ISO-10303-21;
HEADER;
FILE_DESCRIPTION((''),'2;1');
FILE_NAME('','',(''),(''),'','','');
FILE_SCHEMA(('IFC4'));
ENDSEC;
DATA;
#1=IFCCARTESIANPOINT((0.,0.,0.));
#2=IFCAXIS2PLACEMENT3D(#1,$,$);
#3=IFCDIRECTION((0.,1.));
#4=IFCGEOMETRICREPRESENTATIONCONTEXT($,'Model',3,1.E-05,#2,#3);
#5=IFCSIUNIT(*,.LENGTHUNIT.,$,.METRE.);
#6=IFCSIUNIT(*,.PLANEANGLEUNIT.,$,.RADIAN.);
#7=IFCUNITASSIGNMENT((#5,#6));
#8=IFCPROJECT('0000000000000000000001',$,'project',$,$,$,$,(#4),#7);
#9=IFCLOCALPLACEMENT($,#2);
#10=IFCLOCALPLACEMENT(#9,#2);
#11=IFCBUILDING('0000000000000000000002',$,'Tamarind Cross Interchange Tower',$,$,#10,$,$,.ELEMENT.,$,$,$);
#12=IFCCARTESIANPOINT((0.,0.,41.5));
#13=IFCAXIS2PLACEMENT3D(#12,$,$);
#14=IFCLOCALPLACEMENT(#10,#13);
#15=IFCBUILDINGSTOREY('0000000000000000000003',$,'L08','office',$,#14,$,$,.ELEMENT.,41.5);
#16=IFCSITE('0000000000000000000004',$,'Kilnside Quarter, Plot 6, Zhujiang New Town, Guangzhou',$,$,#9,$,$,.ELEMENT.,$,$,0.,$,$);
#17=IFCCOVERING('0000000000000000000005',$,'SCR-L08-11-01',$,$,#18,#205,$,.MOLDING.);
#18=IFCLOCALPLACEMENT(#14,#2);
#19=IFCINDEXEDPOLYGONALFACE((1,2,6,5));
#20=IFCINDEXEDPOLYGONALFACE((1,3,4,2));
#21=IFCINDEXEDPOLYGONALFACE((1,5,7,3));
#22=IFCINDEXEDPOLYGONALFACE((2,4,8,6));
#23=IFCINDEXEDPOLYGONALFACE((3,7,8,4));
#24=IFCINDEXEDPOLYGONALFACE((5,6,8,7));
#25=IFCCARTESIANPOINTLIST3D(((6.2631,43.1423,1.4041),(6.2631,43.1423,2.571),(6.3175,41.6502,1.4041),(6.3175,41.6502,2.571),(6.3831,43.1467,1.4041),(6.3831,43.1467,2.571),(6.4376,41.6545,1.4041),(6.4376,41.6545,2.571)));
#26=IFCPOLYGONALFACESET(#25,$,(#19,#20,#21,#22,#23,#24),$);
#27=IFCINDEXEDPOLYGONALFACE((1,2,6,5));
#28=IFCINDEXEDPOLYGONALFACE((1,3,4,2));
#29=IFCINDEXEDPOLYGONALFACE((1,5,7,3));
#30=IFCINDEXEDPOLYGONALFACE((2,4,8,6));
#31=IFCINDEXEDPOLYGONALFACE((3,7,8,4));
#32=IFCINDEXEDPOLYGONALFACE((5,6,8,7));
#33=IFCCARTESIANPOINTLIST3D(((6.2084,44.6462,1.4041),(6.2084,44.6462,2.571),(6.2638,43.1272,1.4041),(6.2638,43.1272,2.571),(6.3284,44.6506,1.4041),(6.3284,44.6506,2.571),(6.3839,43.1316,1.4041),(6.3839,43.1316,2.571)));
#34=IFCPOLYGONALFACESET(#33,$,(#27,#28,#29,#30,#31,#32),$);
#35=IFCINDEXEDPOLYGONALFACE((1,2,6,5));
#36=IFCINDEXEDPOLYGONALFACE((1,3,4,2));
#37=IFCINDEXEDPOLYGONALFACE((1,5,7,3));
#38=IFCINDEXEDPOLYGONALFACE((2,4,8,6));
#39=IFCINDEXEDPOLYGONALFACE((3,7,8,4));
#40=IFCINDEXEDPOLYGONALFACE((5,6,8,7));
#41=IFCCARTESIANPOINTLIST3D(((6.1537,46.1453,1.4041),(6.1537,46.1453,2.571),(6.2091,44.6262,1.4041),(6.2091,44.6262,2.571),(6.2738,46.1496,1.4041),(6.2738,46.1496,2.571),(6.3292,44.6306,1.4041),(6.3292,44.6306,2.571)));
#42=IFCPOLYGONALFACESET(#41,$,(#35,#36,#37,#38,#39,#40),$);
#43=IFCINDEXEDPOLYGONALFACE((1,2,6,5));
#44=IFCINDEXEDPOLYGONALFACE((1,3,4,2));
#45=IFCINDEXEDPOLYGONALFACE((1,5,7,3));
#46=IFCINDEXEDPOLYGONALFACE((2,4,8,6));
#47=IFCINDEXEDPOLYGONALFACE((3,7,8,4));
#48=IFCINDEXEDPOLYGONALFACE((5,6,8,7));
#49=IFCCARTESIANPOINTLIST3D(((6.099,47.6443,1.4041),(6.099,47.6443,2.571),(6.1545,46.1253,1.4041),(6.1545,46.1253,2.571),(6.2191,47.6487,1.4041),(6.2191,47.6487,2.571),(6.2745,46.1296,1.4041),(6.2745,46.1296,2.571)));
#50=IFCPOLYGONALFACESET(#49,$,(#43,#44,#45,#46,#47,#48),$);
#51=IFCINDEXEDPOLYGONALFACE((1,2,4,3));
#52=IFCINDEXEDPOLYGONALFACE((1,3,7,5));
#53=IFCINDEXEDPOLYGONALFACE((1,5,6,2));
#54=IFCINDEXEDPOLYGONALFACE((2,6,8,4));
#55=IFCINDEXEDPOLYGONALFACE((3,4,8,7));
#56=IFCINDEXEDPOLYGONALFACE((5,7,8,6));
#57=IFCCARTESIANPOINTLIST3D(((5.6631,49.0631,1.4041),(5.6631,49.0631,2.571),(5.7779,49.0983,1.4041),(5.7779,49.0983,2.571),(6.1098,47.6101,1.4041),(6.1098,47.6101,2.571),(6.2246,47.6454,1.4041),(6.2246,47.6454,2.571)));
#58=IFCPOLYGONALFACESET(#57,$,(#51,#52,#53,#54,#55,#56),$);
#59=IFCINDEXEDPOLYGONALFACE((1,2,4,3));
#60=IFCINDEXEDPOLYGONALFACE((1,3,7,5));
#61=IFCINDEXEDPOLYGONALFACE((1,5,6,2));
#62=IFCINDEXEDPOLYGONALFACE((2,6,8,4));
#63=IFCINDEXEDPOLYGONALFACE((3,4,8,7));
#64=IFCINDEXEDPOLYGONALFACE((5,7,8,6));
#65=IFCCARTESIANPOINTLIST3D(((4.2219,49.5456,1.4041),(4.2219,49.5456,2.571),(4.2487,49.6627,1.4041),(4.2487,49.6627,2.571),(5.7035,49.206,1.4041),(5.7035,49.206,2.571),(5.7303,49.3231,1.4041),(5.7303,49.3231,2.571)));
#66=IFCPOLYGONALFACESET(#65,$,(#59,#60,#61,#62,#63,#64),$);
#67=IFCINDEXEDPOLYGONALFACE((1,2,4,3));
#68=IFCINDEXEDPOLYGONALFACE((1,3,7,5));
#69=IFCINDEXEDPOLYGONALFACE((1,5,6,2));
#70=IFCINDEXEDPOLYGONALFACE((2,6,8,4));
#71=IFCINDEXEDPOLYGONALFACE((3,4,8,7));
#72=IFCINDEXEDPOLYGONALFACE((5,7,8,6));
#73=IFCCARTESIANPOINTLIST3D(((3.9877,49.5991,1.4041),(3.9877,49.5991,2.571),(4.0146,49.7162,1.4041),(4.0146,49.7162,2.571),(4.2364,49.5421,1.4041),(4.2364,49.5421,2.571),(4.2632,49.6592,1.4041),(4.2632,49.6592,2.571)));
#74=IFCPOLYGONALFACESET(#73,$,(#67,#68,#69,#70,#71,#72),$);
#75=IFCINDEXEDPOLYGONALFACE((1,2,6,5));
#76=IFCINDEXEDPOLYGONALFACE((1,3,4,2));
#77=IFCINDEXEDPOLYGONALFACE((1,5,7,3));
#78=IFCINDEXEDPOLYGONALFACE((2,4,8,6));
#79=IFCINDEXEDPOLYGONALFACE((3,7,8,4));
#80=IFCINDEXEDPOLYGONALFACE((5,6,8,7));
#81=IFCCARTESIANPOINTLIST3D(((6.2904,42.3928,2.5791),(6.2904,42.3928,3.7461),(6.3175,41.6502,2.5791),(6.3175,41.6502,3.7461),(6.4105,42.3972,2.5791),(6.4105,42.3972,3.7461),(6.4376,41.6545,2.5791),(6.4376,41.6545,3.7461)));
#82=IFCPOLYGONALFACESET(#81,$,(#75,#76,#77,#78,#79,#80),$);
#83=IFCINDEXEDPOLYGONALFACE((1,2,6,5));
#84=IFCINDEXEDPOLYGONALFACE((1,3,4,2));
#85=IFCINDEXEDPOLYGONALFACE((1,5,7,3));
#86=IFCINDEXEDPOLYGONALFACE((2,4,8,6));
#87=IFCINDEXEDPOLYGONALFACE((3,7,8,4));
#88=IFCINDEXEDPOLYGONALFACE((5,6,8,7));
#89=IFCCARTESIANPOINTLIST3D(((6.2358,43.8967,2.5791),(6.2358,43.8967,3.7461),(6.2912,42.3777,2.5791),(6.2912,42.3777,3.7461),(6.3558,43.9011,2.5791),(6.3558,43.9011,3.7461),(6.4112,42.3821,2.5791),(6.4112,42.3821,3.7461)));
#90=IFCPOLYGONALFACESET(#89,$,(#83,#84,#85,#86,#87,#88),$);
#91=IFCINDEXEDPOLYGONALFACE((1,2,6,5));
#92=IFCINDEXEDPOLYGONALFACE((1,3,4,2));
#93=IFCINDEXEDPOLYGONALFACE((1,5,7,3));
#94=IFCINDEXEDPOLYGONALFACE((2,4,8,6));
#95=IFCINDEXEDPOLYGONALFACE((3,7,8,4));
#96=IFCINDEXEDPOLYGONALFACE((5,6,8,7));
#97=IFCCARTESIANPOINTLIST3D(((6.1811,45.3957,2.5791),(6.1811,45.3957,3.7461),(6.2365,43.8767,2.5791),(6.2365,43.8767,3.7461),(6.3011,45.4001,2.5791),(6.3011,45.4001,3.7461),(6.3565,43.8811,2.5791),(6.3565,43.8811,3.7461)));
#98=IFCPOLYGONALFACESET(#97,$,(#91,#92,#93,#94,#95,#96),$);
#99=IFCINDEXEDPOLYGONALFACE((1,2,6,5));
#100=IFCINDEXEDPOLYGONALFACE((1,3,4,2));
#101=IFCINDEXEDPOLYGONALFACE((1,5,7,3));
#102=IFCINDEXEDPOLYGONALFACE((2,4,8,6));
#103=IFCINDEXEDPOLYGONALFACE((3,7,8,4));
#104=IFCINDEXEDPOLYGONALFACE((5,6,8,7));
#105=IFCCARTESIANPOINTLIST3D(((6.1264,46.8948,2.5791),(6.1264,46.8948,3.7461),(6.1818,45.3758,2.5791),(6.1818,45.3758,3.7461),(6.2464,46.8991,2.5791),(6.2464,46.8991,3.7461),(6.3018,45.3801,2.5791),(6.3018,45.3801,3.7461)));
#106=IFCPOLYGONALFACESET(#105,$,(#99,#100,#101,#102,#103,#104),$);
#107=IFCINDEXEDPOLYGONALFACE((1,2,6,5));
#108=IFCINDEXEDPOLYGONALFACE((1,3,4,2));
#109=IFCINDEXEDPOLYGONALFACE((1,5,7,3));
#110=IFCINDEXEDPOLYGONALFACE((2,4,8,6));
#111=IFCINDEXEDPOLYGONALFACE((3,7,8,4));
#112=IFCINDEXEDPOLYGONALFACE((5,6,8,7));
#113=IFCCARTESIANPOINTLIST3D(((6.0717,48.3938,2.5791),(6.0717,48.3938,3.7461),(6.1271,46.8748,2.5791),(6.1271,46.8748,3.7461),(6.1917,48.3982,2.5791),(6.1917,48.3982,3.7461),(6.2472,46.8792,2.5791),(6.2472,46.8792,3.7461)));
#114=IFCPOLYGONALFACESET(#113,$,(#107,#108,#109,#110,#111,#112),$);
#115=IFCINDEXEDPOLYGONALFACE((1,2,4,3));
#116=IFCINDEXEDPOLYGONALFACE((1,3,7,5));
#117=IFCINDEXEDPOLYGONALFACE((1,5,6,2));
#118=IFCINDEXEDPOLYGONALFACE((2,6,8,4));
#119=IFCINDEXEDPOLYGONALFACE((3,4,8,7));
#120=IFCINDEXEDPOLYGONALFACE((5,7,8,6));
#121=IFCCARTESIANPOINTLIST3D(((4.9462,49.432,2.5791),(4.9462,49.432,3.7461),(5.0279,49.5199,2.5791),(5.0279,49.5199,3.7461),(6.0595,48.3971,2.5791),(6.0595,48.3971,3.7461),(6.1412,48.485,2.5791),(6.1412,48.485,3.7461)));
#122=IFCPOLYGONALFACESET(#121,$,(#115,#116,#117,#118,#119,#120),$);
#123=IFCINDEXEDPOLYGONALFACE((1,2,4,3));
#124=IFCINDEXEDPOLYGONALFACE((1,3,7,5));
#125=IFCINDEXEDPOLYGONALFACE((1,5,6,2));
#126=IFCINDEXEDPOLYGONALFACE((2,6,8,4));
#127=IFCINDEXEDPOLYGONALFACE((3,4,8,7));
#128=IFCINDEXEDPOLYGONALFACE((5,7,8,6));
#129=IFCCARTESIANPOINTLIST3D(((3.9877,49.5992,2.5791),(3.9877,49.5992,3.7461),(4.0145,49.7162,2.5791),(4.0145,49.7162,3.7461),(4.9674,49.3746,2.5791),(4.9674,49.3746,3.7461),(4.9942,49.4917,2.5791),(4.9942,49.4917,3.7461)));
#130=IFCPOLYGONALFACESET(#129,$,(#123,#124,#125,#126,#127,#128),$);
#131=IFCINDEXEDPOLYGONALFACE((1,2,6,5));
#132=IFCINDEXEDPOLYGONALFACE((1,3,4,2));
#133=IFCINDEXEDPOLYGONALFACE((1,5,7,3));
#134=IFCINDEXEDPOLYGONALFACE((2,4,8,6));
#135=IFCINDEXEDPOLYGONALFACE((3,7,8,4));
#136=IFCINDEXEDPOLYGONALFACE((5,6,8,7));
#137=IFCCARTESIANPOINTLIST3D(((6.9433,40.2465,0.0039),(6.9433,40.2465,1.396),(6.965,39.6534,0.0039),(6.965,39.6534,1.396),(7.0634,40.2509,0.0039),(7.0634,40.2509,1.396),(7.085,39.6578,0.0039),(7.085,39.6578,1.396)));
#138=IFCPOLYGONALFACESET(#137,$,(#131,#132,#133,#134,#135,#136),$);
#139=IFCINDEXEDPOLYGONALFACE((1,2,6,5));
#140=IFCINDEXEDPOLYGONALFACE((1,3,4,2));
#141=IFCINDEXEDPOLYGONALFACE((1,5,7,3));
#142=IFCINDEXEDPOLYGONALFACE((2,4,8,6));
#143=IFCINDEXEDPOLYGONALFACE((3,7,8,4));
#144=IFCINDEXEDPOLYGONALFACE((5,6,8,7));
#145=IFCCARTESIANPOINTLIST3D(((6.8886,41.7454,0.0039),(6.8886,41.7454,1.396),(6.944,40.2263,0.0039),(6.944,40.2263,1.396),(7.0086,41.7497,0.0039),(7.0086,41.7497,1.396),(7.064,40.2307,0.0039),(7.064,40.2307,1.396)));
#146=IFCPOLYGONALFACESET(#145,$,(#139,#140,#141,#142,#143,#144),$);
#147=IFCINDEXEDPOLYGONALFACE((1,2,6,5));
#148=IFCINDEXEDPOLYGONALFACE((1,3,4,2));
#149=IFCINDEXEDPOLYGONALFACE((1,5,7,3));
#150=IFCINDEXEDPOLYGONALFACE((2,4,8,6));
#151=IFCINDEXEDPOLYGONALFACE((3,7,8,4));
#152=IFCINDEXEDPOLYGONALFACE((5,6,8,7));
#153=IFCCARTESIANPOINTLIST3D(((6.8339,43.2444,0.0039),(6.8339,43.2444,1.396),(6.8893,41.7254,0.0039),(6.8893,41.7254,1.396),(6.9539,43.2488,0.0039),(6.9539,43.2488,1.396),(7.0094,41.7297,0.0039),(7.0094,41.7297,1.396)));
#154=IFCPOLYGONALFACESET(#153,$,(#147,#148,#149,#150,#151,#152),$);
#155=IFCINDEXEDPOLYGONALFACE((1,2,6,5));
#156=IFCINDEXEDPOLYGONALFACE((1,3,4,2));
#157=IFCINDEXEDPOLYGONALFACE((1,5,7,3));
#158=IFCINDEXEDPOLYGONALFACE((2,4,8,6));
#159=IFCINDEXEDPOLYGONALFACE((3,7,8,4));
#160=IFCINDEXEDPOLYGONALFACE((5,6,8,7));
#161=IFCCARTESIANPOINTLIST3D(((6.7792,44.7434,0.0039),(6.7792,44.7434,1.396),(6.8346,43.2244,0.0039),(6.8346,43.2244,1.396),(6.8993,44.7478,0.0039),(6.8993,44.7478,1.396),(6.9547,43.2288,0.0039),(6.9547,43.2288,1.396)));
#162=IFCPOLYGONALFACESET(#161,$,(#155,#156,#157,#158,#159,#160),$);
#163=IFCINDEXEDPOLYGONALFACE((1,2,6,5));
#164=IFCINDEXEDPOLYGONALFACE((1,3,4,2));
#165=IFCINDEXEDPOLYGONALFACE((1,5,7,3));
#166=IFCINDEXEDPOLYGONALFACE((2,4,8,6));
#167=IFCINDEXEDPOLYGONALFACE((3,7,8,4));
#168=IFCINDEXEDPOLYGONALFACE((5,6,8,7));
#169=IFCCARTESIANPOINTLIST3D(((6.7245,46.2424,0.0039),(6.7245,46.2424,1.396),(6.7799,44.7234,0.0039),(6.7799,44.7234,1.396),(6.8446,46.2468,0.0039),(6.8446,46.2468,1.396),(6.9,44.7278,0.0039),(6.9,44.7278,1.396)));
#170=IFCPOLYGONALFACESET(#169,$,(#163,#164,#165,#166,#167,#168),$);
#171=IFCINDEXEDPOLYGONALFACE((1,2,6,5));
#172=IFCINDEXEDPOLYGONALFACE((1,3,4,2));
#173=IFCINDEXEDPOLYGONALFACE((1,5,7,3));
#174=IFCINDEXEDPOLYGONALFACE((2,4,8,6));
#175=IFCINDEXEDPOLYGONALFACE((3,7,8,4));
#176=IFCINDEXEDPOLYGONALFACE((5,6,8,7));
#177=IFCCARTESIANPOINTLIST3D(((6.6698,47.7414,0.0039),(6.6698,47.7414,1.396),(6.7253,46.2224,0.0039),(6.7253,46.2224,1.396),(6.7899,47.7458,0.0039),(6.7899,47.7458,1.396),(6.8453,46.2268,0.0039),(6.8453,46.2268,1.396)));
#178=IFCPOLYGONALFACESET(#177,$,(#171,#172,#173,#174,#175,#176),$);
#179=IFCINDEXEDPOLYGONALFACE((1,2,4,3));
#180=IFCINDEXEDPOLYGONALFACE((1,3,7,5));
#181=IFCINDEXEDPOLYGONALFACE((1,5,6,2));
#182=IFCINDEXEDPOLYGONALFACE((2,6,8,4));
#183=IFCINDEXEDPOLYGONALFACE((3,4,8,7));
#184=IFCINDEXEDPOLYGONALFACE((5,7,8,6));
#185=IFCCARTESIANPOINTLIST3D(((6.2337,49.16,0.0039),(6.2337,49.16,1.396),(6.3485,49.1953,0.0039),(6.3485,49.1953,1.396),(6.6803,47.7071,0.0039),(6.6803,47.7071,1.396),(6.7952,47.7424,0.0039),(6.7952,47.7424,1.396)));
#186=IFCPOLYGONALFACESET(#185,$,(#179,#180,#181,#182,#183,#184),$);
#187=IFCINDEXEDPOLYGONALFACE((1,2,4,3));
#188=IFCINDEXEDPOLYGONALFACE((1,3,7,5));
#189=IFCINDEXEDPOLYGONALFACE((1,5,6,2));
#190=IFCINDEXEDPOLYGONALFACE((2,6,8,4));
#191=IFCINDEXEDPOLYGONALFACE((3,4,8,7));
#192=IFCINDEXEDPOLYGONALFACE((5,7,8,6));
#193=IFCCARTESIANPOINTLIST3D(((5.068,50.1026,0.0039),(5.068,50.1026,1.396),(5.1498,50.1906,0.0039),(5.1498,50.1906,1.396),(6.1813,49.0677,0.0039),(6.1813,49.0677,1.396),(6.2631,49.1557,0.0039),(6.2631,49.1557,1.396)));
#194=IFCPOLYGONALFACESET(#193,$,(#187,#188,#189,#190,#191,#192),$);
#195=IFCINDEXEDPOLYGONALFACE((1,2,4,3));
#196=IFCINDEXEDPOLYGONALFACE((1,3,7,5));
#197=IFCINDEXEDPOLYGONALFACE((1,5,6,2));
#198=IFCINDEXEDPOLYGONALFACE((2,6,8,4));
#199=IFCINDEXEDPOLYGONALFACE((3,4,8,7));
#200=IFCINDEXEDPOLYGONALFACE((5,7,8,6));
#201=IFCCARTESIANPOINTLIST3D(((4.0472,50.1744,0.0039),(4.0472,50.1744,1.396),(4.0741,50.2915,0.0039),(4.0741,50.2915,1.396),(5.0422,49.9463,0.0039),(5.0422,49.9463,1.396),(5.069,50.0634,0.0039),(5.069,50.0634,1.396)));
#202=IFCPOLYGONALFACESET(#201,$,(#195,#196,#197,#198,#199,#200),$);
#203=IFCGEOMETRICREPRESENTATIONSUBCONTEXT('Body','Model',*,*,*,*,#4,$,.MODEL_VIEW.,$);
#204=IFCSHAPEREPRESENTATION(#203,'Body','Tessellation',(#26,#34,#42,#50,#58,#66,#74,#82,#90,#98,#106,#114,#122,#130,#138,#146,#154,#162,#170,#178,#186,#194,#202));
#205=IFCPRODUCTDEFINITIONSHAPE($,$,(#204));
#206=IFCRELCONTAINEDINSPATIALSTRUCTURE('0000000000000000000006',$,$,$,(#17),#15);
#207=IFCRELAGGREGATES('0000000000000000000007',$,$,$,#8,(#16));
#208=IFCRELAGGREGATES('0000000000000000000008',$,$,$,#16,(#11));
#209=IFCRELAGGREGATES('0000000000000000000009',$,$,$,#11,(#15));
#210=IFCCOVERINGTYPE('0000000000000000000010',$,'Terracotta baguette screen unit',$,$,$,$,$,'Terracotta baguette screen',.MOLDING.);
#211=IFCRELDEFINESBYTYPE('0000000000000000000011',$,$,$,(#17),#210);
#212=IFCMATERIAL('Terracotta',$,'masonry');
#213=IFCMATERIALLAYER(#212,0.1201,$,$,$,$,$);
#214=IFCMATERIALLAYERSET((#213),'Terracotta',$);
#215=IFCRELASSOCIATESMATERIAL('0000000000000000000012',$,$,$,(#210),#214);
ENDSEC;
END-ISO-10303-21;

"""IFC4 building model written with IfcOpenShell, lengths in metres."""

from ifc_helpers import new_model, si_unit, direction, frame, origin, origin_2d, place, context, subcontext, project, spatial, rectangle, extrude, material, layer, layer_set, type_object, element, save


model = new_model("IFC4")

# Units and contexts
model_context = context("Model", 3, precision=1e-05, world=origin(), true_north=direction((0.0, 1.0)))
body_context = subcontext(model_context, "Body", "Model", "MODEL_VIEW")
ifc_project = project(units=[si_unit("LENGTHUNIT", "METRE"), si_unit("PLANEANGLEUNIT", "RADIAN")], contexts=[model_context])

# Site, building, storey
site_placement = place(None, origin())
site = spatial("IfcSite", under=ifc_project, at=site_placement, Name="Kilnside Quarter, Plot 6, Zhujiang New Town, Guangzhou", CompositionType="ELEMENT", RefElevation=0.0)
building_placement = place(site_placement, origin())
building = spatial("IfcBuilding", under=site, at=building_placement, Name="Tamarind Cross Interchange Tower", CompositionType="ELEMENT")
storey_placement = place(building_placement, frame((0.0, 0.0, 41.5)))
storey = spatial("IfcBuildingStorey", under=building, at=storey_placement, Name="L08", Description="office", CompositionType="ELEMENT", Elevation=41.5)

# Covering
ifc_material_1 = material(Name="Terracotta", Category="masonry")
ifc_layer_1 = layer(ifc_material_1, 0.1201)
ifc_layer_set_1 = layer_set([ifc_layer_1], Name="Terracotta")
covering_type = type_object("IfcCoveringType", Name="Terracotta baguette screen unit", ElementType="Terracotta baguette screen", PredefinedType="MOLDING", material=ifc_layer_set_1)
covering_1_placement = place(storey_placement, origin())
element("IfcCovering", 1, at=covering_1_placement, inside=storey, type_object=covering_type, Name="SCR-L08-11-01", PredefinedType="MOLDING", context=body_context, shape_type="SweptSolid", body=[
    extrude(rectangle(XDim=1.4932, YDim=0.1201, at=origin_2d()), frame((6.3503, 42.3984, 1.4041), z_axis=(0.0, 0.0, 1.0), x_axis=(-0.036462, 0.999335, 0.0)), (0.0, 0.0, 1.0), 1.167),
    extrude(rectangle(XDim=1.52, YDim=0.1201, at=origin_2d()), frame((6.2961, 43.8889, 1.4041), z_axis=(0.0, 0.0, 1.0), x_axis=(-0.036462, 0.999335, 0.0)), (0.0, 0.0, 1.0), 1.167),
    extrude(rectangle(XDim=1.52, YDim=0.1201, at=origin_2d()), frame((6.2415, 45.3879, 1.4041), z_axis=(0.0, 0.0, 1.0), x_axis=(-0.036462, 0.999335, 0.0)), (0.0, 0.0, 1.0), 1.167),
    extrude(rectangle(XDim=1.52, YDim=0.1201, at=origin_2d()), frame((6.1868, 46.887, 1.4041), z_axis=(0.0, 0.0, 1.0), x_axis=(-0.036462, 0.999335, 0.0)), (0.0, 0.0, 1.0), 1.167),
    extrude(rectangle(XDim=1.52, YDim=0.1201, at=origin_2d()), frame((5.9438, 48.3542, 1.4041), z_axis=(0.0, 0.0, 1.0), x_axis=(-0.293867, 0.955846, 0.0)), (0.0, 0.0, 1.0), 1.167),
    extrude(rectangle(XDim=1.52, YDim=0.1201, at=origin_2d()), frame((4.9761, 49.4343, 1.4041), z_axis=(0.0, 0.0, 1.0), x_axis=(-0.974721, 0.223427, 0.0)), (0.0, 0.0, 1.0), 1.167),
    extrude(rectangle(XDim=0.2551, YDim=0.1201, at=origin_2d()), frame((4.1255, 49.6292, 1.4041), z_axis=(0.0, 0.0, 1.0), x_axis=(-0.974721, 0.223427, 0.0)), (0.0, 0.0, 1.0), 1.167),
    extrude(rectangle(XDim=0.7432, YDim=0.1201, at=origin_2d()), frame((6.364, 42.0237, 2.5791), z_axis=(0.0, 0.0, 1.0), x_axis=(-0.036462, 0.999335, 0.0)), (0.0, 0.0, 1.0), 1.167),
    extrude(rectangle(XDim=1.52, YDim=0.1201, at=origin_2d()), frame((6.3235, 43.1394, 2.5791), z_axis=(0.0, 0.0, 1.0), x_axis=(-0.036462, 0.999335, 0.0)), (0.0, 0.0, 1.0), 1.167),
    extrude(rectangle(XDim=1.52, YDim=0.1201, at=origin_2d()), frame((6.2688, 44.6384, 2.5791), z_axis=(0.0, 0.0, 1.0), x_axis=(-0.036462, 0.999335, 0.0)), (0.0, 0.0, 1.0), 1.167),
    extrude(rectangle(XDim=1.52, YDim=0.1201, at=origin_2d()), frame((6.2141, 46.1375, 2.5791), z_axis=(0.0, 0.0, 1.0), x_axis=(-0.036462, 0.999335, 0.0)), (0.0, 0.0, 1.0), 1.167),
    extrude(rectangle(XDim=1.52, YDim=0.1201, at=origin_2d()), frame((6.1594, 47.6365, 2.5791), z_axis=(0.0, 0.0, 1.0), x_axis=(-0.036462, 0.999335, 0.0)), (0.0, 0.0, 1.0), 1.167),
    extrude(rectangle(XDim=1.52, YDim=0.1201, at=origin_2d()), frame((5.5437, 48.9585, 2.5791), z_axis=(0.0, 0.0, 1.0), x_axis=(-0.732419, 0.680854, 0.0)), (0.0, 0.0, 1.0), 1.167),
    extrude(rectangle(XDim=1.0051, YDim=0.1201, at=origin_2d()), frame((4.491, 49.5454, 2.5791), z_axis=(0.0, 0.0, 1.0), x_axis=(-0.974721, 0.223427, 0.0)), (0.0, 0.0, 1.0), 1.167),
    extrude(rectangle(XDim=0.5935, YDim=0.1201, at=origin_2d()), frame((7.0142, 39.9521, 0.0039), z_axis=(0.0, 0.0, 1.0), x_axis=(-0.036462, 0.999335, 0.0)), (0.0, 0.0, 1.0), 1.3921),
    extrude(rectangle(XDim=1.52, YDim=0.1201, at=origin_2d()), frame((6.9763, 40.988, 0.0039), z_axis=(0.0, 0.0, 1.0), x_axis=(-0.036462, 0.999335, 0.0)), (0.0, 0.0, 1.0), 1.3921),
    extrude(rectangle(XDim=1.52, YDim=0.1201, at=origin_2d()), frame((6.9216, 42.4871, 0.0039), z_axis=(0.0, 0.0, 1.0), x_axis=(-0.036462, 0.999335, 0.0)), (0.0, 0.0, 1.0), 1.3921),
    extrude(rectangle(XDim=1.52, YDim=0.1201, at=origin_2d()), frame((6.8669, 43.9861, 0.0039), z_axis=(0.0, 0.0, 1.0), x_axis=(-0.036462, 0.999335, 0.0)), (0.0, 0.0, 1.0), 1.3921),
    extrude(rectangle(XDim=1.52, YDim=0.1201, at=origin_2d()), frame((6.8123, 45.4851, 0.0039), z_axis=(0.0, 0.0, 1.0), x_axis=(-0.036462, 0.999335, 0.0)), (0.0, 0.0, 1.0), 1.3921),
    extrude(rectangle(XDim=1.52, YDim=0.1201, at=origin_2d()), frame((6.7576, 46.9841, 0.0039), z_axis=(0.0, 0.0, 1.0), x_axis=(-0.036462, 0.999335, 0.0)), (0.0, 0.0, 1.0), 1.3921),
    extrude(rectangle(XDim=1.52, YDim=0.1201, at=origin_2d()), frame((6.5144, 48.4512, 0.0039), z_axis=(0.0, 0.0, 1.0), x_axis=(-0.293867, 0.955846, 0.0)), (0.0, 0.0, 1.0), 1.3921),
    extrude(rectangle(XDim=1.52, YDim=0.1201, at=origin_2d()), frame((5.6655, 49.6292, 0.0039), z_axis=(0.0, 0.0, 1.0), x_axis=(-0.732419, 0.680854, 0.0)), (0.0, 0.0, 1.0), 1.3921),
    extrude(rectangle(XDim=1.0208, YDim=0.1201, at=origin_2d()), frame((4.5581, 50.1189, 0.0039), z_axis=(0.0, 0.0, 1.0), x_axis=(-0.974721, 0.223427, 0.0)), (0.0, 0.0, 1.0), 1.3921),
])

save(model, "model.ifc")
